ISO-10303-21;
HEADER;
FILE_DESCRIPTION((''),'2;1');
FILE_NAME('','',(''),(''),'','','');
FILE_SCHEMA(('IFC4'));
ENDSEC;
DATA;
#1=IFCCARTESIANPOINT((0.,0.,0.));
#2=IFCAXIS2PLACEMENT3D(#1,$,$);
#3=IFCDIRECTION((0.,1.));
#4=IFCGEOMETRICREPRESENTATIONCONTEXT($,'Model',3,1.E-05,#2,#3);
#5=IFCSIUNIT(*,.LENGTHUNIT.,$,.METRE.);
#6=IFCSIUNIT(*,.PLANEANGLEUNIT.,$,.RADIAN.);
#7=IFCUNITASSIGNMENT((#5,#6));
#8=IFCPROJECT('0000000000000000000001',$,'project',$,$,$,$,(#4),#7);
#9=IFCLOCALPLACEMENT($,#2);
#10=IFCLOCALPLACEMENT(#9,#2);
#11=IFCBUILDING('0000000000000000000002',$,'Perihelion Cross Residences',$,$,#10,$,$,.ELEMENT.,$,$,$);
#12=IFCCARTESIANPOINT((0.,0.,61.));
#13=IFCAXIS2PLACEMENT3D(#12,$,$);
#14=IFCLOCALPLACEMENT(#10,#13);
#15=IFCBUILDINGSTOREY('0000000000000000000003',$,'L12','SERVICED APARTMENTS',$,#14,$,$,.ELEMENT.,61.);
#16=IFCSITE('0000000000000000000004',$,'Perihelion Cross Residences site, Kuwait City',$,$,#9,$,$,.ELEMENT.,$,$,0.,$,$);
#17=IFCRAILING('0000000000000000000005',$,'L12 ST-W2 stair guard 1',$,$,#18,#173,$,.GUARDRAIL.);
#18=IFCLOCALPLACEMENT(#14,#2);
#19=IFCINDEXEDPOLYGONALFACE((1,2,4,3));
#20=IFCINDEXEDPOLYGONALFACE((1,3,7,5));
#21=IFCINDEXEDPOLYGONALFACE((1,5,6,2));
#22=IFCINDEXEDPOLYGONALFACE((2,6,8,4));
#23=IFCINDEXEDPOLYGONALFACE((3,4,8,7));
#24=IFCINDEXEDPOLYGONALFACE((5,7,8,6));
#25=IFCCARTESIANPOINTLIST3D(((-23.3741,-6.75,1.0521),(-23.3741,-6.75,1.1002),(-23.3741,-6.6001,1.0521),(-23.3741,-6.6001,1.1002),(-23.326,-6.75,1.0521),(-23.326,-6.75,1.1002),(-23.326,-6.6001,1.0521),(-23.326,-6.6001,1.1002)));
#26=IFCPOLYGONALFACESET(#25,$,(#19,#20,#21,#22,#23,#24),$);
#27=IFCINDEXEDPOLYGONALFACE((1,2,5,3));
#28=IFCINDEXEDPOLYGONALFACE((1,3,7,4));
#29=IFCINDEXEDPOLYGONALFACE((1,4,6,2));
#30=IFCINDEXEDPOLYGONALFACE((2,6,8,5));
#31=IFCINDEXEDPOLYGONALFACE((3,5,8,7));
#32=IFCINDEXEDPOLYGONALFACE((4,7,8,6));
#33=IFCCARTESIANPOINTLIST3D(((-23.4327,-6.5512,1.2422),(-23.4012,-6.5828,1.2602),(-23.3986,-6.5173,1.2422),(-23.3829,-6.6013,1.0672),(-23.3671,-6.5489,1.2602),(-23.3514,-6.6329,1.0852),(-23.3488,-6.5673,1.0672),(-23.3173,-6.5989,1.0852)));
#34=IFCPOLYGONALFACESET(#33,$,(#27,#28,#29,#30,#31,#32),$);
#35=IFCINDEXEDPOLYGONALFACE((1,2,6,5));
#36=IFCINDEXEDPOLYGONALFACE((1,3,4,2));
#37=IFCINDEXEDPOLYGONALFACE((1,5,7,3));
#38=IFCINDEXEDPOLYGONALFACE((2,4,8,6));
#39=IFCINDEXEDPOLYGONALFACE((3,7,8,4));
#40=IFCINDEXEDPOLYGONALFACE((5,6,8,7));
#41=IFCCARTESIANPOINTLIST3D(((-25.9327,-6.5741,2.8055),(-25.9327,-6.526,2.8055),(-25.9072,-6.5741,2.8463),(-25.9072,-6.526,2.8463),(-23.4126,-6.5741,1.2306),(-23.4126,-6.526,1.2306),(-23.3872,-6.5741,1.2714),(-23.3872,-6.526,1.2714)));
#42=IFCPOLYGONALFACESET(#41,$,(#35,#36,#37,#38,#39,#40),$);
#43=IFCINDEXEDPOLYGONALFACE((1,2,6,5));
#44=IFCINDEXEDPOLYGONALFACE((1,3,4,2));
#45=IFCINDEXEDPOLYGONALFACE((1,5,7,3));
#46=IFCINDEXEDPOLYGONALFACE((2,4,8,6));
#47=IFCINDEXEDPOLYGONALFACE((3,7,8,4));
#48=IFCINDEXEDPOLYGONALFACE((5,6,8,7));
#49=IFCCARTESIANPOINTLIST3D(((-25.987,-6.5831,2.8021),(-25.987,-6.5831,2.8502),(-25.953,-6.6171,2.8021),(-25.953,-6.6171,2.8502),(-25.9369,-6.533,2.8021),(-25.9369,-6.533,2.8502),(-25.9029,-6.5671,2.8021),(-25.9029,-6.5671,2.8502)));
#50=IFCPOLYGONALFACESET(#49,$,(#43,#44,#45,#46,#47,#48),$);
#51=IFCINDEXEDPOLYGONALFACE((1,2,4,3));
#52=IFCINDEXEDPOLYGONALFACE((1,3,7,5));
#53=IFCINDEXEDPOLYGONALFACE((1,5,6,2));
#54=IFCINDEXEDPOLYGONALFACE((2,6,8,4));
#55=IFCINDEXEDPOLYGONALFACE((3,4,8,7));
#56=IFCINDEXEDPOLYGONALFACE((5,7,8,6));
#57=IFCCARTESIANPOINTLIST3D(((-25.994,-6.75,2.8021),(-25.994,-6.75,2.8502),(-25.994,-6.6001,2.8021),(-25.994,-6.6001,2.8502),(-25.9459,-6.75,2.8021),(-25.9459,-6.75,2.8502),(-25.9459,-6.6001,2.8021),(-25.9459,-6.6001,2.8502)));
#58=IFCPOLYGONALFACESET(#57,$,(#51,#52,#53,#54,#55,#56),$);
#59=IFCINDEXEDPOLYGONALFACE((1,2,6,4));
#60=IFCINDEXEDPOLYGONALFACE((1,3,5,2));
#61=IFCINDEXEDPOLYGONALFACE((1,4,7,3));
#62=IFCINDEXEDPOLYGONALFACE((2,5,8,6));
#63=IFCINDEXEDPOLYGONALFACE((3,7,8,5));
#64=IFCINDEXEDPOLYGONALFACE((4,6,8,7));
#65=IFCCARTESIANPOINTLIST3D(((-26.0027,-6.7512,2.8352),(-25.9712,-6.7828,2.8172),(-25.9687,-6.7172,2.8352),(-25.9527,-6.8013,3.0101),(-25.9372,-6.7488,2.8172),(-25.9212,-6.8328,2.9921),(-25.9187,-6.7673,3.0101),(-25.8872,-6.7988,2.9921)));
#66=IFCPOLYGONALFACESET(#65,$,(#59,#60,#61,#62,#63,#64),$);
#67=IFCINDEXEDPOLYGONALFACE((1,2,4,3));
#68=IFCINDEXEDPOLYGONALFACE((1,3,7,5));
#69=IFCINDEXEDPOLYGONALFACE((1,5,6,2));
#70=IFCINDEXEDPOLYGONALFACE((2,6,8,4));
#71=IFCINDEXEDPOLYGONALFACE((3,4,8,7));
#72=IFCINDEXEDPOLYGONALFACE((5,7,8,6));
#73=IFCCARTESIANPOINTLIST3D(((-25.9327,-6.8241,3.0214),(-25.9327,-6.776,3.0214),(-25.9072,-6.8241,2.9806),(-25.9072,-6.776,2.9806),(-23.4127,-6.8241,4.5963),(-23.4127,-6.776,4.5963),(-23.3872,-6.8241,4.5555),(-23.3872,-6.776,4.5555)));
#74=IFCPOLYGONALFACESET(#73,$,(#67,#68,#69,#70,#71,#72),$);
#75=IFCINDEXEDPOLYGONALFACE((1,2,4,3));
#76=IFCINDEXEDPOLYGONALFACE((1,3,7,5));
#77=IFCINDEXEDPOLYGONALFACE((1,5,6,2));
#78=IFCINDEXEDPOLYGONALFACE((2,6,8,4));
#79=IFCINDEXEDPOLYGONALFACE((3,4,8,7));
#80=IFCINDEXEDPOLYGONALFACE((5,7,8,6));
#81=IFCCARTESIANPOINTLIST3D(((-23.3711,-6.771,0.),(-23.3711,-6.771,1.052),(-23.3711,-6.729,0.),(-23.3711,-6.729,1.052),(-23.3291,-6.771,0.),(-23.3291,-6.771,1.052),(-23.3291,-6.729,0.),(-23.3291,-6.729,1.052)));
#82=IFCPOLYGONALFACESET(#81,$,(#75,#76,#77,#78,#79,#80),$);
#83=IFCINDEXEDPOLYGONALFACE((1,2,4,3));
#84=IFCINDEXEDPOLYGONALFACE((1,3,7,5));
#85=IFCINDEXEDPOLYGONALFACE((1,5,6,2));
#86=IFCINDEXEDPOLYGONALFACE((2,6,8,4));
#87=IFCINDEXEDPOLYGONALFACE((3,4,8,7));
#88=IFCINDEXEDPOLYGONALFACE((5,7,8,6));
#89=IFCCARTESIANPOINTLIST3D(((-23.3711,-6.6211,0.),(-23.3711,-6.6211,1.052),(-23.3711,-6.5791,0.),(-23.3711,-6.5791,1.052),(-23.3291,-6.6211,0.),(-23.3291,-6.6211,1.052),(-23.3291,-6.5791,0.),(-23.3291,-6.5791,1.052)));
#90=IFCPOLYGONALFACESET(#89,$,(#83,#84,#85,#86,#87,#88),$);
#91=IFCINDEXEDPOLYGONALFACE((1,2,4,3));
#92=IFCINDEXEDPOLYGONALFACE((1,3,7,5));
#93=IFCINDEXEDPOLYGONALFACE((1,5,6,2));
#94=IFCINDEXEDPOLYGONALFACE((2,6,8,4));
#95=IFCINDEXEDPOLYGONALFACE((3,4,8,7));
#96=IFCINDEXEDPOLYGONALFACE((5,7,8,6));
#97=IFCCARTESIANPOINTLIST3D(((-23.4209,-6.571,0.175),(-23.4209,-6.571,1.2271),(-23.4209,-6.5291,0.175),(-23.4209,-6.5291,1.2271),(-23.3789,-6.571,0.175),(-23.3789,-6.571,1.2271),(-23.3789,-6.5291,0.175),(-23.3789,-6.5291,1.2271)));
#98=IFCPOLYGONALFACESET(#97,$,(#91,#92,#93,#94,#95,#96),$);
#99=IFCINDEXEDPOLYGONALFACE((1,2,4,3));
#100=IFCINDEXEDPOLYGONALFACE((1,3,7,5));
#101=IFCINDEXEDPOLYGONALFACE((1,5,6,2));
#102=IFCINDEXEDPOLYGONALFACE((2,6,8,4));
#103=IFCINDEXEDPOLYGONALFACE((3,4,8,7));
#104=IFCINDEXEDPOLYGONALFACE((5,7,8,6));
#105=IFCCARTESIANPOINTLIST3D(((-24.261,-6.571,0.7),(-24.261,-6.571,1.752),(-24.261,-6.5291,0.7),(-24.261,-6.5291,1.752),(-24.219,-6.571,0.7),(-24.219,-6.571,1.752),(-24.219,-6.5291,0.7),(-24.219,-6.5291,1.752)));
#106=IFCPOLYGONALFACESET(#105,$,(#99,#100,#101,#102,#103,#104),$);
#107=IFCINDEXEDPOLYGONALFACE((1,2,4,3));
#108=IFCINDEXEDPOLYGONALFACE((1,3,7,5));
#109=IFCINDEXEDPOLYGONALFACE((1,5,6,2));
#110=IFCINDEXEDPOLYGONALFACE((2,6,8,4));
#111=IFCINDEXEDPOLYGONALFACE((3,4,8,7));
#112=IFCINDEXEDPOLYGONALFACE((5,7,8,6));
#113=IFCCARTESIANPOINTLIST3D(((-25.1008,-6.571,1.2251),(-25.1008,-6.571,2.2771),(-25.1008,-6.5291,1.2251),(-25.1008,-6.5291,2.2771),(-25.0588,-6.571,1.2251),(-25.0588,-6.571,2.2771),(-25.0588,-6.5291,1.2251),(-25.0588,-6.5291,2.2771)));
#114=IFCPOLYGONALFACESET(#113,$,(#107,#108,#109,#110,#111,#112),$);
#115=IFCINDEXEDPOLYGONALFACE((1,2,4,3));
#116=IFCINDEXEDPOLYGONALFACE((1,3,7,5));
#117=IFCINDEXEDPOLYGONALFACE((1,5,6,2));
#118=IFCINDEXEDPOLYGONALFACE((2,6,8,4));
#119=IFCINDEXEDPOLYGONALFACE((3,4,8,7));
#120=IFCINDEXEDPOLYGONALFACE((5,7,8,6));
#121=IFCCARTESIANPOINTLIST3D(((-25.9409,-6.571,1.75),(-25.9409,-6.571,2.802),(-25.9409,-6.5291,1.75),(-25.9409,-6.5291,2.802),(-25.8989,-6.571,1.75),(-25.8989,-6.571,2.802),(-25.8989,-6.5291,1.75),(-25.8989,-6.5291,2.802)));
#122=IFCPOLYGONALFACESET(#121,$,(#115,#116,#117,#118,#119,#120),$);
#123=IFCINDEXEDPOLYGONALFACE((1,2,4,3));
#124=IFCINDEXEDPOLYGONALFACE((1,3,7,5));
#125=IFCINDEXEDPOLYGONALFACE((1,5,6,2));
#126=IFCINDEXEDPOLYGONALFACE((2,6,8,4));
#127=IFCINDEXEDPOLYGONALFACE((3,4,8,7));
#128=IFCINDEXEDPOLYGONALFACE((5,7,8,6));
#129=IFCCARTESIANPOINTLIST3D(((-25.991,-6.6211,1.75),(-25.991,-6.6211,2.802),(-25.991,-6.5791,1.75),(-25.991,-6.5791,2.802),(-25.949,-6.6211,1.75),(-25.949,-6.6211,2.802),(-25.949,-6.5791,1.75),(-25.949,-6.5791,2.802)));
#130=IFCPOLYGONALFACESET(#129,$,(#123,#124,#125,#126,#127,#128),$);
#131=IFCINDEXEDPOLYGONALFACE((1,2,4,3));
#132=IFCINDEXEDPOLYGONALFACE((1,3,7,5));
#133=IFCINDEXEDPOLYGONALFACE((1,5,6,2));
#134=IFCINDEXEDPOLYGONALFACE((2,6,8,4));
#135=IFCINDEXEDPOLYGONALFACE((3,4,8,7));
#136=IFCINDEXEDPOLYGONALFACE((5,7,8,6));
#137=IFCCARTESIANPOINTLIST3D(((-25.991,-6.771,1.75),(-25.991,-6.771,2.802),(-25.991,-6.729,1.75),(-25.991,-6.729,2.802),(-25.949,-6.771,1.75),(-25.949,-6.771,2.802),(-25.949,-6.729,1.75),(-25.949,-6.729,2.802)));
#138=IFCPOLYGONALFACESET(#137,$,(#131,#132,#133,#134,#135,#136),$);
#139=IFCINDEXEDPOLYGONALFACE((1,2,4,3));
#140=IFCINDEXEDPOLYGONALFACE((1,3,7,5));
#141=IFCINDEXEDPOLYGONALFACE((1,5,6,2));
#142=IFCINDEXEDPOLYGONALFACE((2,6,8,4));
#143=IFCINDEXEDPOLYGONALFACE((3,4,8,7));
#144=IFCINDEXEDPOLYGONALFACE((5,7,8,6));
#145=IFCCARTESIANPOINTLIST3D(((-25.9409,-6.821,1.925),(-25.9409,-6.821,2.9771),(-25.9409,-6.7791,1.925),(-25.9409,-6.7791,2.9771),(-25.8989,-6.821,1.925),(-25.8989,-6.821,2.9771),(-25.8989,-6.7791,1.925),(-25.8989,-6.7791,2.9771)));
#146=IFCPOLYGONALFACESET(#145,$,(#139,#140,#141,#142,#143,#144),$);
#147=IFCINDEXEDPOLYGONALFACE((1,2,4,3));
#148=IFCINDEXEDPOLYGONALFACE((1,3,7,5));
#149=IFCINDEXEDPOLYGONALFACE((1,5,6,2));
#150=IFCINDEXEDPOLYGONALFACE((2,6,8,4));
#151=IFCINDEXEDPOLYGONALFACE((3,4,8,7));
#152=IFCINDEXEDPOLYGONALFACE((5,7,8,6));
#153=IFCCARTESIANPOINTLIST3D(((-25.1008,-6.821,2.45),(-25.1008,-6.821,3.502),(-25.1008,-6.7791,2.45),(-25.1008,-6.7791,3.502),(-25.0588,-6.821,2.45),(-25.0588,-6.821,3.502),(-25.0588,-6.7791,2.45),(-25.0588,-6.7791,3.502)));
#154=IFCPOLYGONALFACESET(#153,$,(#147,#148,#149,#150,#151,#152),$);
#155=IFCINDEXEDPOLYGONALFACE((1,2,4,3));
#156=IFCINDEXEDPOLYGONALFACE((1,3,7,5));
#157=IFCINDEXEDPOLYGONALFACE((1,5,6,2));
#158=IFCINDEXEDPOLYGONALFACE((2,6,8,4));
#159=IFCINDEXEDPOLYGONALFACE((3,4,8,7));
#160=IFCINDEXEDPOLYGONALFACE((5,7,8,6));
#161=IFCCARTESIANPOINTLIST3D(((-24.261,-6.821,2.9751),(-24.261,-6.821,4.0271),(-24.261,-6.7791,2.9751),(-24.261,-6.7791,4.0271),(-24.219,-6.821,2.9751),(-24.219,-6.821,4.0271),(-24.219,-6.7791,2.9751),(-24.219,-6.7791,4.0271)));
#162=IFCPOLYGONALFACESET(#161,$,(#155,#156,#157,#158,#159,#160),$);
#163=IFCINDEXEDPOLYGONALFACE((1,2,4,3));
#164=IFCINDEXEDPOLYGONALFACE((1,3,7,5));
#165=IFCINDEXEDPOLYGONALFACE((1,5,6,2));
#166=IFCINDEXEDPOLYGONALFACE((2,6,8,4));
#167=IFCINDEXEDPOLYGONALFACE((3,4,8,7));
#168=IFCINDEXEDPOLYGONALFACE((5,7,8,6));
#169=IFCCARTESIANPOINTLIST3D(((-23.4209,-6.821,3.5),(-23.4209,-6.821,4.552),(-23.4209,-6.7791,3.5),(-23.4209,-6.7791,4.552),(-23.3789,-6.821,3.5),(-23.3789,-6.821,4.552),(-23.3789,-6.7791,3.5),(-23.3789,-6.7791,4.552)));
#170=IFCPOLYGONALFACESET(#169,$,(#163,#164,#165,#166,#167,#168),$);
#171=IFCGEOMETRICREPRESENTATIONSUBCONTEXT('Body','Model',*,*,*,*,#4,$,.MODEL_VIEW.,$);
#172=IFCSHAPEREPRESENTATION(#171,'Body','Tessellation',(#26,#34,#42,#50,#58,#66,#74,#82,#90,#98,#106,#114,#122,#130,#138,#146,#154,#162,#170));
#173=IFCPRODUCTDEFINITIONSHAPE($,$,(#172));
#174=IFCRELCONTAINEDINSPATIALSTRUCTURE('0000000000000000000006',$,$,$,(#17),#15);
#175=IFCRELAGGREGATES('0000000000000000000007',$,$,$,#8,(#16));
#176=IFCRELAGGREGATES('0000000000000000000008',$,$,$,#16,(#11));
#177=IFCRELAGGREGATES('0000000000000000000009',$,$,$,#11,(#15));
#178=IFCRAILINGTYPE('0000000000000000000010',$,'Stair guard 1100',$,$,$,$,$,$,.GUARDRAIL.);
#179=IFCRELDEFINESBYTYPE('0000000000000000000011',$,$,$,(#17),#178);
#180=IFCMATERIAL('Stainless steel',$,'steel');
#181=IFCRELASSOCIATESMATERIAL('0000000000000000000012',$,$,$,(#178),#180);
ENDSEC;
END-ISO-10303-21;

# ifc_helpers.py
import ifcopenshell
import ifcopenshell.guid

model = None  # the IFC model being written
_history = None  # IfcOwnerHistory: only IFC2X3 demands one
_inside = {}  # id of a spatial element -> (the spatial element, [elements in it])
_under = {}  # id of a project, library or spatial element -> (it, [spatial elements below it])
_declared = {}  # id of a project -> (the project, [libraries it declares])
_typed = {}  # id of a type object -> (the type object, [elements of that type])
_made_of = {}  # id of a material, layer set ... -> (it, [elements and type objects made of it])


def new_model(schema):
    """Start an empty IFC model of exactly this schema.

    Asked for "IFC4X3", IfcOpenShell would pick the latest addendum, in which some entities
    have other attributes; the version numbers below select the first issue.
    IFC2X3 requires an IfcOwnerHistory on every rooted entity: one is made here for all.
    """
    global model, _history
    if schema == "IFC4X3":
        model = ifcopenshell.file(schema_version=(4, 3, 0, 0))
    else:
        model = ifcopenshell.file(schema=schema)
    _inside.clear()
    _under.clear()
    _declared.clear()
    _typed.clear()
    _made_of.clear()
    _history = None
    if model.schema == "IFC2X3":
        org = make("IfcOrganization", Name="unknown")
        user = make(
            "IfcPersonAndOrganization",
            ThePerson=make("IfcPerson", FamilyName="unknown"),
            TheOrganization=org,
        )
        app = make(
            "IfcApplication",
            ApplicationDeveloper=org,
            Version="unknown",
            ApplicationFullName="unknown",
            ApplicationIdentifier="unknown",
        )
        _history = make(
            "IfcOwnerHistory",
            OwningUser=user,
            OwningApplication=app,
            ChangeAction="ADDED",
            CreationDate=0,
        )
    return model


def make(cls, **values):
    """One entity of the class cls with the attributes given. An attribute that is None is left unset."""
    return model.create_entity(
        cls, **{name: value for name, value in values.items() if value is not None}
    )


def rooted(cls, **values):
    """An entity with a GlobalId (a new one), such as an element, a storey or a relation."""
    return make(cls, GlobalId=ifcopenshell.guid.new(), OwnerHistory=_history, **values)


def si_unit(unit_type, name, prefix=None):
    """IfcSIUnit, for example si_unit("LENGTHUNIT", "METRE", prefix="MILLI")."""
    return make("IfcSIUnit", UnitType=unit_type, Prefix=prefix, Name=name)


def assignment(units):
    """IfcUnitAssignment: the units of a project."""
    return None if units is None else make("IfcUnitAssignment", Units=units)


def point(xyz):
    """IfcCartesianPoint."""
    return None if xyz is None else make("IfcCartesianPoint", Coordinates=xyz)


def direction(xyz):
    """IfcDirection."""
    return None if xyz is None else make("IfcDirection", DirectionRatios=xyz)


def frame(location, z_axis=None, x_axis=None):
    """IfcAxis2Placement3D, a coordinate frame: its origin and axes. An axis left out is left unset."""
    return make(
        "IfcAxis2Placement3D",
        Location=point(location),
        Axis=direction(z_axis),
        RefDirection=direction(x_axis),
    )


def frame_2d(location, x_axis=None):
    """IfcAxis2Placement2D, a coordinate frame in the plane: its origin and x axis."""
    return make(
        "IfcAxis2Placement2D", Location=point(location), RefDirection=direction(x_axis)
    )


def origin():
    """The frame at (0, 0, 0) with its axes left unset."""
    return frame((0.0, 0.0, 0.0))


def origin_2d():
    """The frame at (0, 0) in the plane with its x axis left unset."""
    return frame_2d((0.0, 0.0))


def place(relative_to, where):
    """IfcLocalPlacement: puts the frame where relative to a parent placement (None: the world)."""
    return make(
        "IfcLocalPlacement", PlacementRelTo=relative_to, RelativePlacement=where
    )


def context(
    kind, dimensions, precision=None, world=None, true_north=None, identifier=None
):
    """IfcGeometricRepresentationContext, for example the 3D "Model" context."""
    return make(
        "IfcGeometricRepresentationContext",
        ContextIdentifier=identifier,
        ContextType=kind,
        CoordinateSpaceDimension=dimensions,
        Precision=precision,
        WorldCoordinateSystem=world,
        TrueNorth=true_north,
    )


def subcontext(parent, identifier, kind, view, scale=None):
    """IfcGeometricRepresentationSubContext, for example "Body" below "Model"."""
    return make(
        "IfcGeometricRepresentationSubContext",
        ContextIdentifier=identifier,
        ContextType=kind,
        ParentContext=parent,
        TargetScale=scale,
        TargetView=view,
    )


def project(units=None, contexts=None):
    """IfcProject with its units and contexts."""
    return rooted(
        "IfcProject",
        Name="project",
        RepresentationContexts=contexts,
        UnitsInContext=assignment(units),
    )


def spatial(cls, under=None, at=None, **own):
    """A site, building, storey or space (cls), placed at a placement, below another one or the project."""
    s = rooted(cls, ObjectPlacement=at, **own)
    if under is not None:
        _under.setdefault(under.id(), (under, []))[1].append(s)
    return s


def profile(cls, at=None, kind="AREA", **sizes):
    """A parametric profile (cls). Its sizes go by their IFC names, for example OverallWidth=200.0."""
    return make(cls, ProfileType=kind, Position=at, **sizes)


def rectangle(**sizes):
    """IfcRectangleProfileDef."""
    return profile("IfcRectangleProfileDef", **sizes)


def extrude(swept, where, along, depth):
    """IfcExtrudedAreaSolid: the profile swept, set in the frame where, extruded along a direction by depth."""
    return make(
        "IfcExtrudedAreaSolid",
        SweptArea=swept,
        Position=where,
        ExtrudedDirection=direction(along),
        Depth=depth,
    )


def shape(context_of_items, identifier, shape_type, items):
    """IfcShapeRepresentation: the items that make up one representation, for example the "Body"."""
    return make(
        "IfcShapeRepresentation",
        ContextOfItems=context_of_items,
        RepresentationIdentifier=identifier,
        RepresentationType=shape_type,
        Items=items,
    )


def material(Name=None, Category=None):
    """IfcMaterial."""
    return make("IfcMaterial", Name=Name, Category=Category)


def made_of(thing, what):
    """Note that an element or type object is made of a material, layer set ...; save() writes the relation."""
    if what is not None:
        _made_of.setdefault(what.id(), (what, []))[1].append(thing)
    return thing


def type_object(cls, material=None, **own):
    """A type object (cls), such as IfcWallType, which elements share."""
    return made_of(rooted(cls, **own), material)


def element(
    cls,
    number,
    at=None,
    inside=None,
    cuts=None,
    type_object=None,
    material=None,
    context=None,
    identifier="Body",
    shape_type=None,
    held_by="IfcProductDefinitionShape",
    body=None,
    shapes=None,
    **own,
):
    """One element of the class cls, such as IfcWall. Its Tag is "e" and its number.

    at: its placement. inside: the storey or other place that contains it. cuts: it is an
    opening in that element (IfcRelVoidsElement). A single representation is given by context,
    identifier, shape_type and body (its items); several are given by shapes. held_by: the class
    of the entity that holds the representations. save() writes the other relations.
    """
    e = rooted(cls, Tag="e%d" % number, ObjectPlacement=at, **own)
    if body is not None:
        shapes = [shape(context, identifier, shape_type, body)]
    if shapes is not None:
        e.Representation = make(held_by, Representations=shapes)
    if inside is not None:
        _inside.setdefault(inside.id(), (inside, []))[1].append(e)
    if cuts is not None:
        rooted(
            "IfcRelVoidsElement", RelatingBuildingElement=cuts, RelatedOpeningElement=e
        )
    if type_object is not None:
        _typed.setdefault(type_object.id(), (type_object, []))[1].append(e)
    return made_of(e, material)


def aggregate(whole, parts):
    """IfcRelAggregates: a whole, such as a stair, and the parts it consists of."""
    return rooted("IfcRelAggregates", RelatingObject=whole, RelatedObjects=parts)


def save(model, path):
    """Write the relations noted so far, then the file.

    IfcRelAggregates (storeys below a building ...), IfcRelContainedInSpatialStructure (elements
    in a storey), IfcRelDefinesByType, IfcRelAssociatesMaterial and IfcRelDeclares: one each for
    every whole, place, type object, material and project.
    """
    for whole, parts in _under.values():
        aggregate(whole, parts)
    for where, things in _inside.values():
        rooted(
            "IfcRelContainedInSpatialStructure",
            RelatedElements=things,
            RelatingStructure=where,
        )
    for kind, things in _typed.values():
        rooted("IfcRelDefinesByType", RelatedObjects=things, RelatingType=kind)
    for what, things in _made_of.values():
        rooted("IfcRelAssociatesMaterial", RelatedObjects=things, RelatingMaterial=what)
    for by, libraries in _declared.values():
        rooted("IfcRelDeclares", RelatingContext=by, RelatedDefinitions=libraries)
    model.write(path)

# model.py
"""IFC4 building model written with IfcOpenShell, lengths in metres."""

from ifc_helpers import new_model, si_unit, direction, frame, origin, origin_2d, place, context, subcontext, project, spatial, rectangle, extrude, material, type_object, element, save


model = new_model("IFC4")

# Units and contexts
model_context = context("Model", 3, precision=1e-05, world=origin(), true_north=direction((0.0, 1.0)))
body_context = subcontext(model_context, "Body", "Model", "MODEL_VIEW")
ifc_project = project(units=[si_unit("LENGTHUNIT", "METRE"), si_unit("PLANEANGLEUNIT", "RADIAN")], contexts=[model_context])

# Site, building, storey
site_placement = place(None, origin())
site = spatial("IfcSite", under=ifc_project, at=site_placement, Name="Perihelion Cross Residences site, Kuwait City", CompositionType="ELEMENT", RefElevation=0.0)
building_placement = place(site_placement, origin())
building = spatial("IfcBuilding", under=site, at=building_placement, Name="Perihelion Cross Residences", CompositionType="ELEMENT")
storey_placement = place(building_placement, frame((0.0, 0.0, 61.0)))
storey = spatial("IfcBuildingStorey", under=building, at=storey_placement, Name="L12", Description="SERVICED APARTMENTS", CompositionType="ELEMENT", Elevation=61.0)

# Railing
ifc_material_1 = material(Name="Stainless steel", Category="steel")
railing_type_1 = type_object("IfcRailingType", Name="Stair guard 1100", PredefinedType="GUARDRAIL", material=ifc_material_1)
railing_1_placement = place(storey_placement, frame((-23.3501, -6.75, 0.0)))
element("IfcRailing", 1, at=railing_1_placement, inside=storey, type_object=railing_type_1, Name="L12 ST-W2 stair guard 1", PredefinedType="GUARDRAIL", context=body_context, shape_type="SweptSolid", body=[
    extrude(rectangle(XDim=0.0481, YDim=0.0481, at=origin_2d()), frame((0.0, 0.0, 1.0762), z_axis=(0.0, 1.0, 0.0), x_axis=(-1.0, 0.0, 0.0)), (0.0, 0.0, 1.0), 0.1499),
    extrude(rectangle(XDim=0.0481, YDim=0.0481, at=origin_2d()), frame((0.0, 0.1499, 1.0762), z_axis=(-0.263862, 0.265156, 0.927399), x_axis=(-0.708834, -0.705376, 0.0)), (0.0, 0.0, 1.0), 0.1887),
    extrude(rectangle(XDim=0.0481, YDim=0.0481, at=origin_2d()), frame((-0.0498, 0.2, 1.251), z_axis=(-0.848008, 0.0, 0.529984), x_axis=(0.0, -1.0, 0.0)), (0.0, 0.0, 1.0), 2.9717),
    extrude(rectangle(XDim=0.0481, YDim=0.0481, at=origin_2d()), frame((-2.5698, 0.2, 2.8262), z_axis=(-0.707107, -0.707107, 0.0), x_axis=(0.707107, -0.707107, 0.0)), (0.0, 0.0, 1.0), 0.0708),
    extrude(rectangle(XDim=0.0481, YDim=0.0481, at=origin_2d()), frame((-2.6199, 0.1499, 2.8262), z_axis=(0.0, -1.0, 0.0), x_axis=(1.0, 0.0, 0.0)), (0.0, 0.0, 1.0), 0.1499),
    extrude(rectangle(XDim=0.0481, YDim=0.0481, at=origin_2d()), frame((-2.6199, 0.0, 2.8262), z_axis=(0.265065, -0.265065, 0.927082), x_axis=(0.707107, 0.707107, 0.0)), (0.0, 0.0, 1.0), 0.1887),
    extrude(rectangle(XDim=0.0481, YDim=0.0481, at=origin_2d()), frame((-2.5698, -0.05, 3.001), z_axis=(0.848008, 0.0, 0.529984), x_axis=(0.0, 1.0, 0.0)), (0.0, 0.0, 1.0), 2.9717),
    extrude(rectangle(XDim=0.042, YDim=0.042, at=origin_2d()), origin(), (0.0, 0.0, 1.0), 1.052),
    extrude(rectangle(XDim=0.042, YDim=0.042, at=origin_2d()), frame((0.0, 0.1499, 0.0)), (0.0, 0.0, 1.0), 1.052),
    extrude(rectangle(XDim=0.042, YDim=0.042, at=origin_2d()), frame((-0.0498, 0.2, 0.175)), (0.0, 0.0, 1.0), 1.052),
    extrude(rectangle(XDim=0.042, YDim=0.042, at=origin_2d()), frame((-0.8899, 0.2, 0.7)), (0.0, 0.0, 1.0), 1.052),
    extrude(rectangle(XDim=0.042, YDim=0.042, at=origin_2d()), frame((-1.7297, 0.2, 1.2251)), (0.0, 0.0, 1.0), 1.052),
    extrude(rectangle(XDim=0.042, YDim=0.042, at=origin_2d()), frame((-2.5698, 0.2, 1.75)), (0.0, 0.0, 1.0), 1.052),
    extrude(rectangle(XDim=0.042, YDim=0.042, at=origin_2d()), frame((-2.6199, 0.1499, 1.75)), (0.0, 0.0, 1.0), 1.052),
    extrude(rectangle(XDim=0.042, YDim=0.042, at=origin_2d()), frame((-2.6199, 0.0, 1.75)), (0.0, 0.0, 1.0), 1.052),
    extrude(rectangle(XDim=0.042, YDim=0.042, at=origin_2d()), frame((-2.5698, -0.05, 1.925)), (0.0, 0.0, 1.0), 1.052),
    extrude(rectangle(XDim=0.042, YDim=0.042, at=origin_2d()), frame((-1.7297, -0.05, 2.45)), (0.0, 0.0, 1.0), 1.052),
    extrude(rectangle(XDim=0.042, YDim=0.042, at=origin_2d()), frame((-0.8899, -0.05, 2.9751)), (0.0, 0.0, 1.0), 1.052),
    extrude(rectangle(XDim=0.042, YDim=0.042, at=origin_2d()), frame((-0.0498, -0.05, 3.5)), (0.0, 0.0, 1.0), 1.052),
])

save(model, "model.ifc")
